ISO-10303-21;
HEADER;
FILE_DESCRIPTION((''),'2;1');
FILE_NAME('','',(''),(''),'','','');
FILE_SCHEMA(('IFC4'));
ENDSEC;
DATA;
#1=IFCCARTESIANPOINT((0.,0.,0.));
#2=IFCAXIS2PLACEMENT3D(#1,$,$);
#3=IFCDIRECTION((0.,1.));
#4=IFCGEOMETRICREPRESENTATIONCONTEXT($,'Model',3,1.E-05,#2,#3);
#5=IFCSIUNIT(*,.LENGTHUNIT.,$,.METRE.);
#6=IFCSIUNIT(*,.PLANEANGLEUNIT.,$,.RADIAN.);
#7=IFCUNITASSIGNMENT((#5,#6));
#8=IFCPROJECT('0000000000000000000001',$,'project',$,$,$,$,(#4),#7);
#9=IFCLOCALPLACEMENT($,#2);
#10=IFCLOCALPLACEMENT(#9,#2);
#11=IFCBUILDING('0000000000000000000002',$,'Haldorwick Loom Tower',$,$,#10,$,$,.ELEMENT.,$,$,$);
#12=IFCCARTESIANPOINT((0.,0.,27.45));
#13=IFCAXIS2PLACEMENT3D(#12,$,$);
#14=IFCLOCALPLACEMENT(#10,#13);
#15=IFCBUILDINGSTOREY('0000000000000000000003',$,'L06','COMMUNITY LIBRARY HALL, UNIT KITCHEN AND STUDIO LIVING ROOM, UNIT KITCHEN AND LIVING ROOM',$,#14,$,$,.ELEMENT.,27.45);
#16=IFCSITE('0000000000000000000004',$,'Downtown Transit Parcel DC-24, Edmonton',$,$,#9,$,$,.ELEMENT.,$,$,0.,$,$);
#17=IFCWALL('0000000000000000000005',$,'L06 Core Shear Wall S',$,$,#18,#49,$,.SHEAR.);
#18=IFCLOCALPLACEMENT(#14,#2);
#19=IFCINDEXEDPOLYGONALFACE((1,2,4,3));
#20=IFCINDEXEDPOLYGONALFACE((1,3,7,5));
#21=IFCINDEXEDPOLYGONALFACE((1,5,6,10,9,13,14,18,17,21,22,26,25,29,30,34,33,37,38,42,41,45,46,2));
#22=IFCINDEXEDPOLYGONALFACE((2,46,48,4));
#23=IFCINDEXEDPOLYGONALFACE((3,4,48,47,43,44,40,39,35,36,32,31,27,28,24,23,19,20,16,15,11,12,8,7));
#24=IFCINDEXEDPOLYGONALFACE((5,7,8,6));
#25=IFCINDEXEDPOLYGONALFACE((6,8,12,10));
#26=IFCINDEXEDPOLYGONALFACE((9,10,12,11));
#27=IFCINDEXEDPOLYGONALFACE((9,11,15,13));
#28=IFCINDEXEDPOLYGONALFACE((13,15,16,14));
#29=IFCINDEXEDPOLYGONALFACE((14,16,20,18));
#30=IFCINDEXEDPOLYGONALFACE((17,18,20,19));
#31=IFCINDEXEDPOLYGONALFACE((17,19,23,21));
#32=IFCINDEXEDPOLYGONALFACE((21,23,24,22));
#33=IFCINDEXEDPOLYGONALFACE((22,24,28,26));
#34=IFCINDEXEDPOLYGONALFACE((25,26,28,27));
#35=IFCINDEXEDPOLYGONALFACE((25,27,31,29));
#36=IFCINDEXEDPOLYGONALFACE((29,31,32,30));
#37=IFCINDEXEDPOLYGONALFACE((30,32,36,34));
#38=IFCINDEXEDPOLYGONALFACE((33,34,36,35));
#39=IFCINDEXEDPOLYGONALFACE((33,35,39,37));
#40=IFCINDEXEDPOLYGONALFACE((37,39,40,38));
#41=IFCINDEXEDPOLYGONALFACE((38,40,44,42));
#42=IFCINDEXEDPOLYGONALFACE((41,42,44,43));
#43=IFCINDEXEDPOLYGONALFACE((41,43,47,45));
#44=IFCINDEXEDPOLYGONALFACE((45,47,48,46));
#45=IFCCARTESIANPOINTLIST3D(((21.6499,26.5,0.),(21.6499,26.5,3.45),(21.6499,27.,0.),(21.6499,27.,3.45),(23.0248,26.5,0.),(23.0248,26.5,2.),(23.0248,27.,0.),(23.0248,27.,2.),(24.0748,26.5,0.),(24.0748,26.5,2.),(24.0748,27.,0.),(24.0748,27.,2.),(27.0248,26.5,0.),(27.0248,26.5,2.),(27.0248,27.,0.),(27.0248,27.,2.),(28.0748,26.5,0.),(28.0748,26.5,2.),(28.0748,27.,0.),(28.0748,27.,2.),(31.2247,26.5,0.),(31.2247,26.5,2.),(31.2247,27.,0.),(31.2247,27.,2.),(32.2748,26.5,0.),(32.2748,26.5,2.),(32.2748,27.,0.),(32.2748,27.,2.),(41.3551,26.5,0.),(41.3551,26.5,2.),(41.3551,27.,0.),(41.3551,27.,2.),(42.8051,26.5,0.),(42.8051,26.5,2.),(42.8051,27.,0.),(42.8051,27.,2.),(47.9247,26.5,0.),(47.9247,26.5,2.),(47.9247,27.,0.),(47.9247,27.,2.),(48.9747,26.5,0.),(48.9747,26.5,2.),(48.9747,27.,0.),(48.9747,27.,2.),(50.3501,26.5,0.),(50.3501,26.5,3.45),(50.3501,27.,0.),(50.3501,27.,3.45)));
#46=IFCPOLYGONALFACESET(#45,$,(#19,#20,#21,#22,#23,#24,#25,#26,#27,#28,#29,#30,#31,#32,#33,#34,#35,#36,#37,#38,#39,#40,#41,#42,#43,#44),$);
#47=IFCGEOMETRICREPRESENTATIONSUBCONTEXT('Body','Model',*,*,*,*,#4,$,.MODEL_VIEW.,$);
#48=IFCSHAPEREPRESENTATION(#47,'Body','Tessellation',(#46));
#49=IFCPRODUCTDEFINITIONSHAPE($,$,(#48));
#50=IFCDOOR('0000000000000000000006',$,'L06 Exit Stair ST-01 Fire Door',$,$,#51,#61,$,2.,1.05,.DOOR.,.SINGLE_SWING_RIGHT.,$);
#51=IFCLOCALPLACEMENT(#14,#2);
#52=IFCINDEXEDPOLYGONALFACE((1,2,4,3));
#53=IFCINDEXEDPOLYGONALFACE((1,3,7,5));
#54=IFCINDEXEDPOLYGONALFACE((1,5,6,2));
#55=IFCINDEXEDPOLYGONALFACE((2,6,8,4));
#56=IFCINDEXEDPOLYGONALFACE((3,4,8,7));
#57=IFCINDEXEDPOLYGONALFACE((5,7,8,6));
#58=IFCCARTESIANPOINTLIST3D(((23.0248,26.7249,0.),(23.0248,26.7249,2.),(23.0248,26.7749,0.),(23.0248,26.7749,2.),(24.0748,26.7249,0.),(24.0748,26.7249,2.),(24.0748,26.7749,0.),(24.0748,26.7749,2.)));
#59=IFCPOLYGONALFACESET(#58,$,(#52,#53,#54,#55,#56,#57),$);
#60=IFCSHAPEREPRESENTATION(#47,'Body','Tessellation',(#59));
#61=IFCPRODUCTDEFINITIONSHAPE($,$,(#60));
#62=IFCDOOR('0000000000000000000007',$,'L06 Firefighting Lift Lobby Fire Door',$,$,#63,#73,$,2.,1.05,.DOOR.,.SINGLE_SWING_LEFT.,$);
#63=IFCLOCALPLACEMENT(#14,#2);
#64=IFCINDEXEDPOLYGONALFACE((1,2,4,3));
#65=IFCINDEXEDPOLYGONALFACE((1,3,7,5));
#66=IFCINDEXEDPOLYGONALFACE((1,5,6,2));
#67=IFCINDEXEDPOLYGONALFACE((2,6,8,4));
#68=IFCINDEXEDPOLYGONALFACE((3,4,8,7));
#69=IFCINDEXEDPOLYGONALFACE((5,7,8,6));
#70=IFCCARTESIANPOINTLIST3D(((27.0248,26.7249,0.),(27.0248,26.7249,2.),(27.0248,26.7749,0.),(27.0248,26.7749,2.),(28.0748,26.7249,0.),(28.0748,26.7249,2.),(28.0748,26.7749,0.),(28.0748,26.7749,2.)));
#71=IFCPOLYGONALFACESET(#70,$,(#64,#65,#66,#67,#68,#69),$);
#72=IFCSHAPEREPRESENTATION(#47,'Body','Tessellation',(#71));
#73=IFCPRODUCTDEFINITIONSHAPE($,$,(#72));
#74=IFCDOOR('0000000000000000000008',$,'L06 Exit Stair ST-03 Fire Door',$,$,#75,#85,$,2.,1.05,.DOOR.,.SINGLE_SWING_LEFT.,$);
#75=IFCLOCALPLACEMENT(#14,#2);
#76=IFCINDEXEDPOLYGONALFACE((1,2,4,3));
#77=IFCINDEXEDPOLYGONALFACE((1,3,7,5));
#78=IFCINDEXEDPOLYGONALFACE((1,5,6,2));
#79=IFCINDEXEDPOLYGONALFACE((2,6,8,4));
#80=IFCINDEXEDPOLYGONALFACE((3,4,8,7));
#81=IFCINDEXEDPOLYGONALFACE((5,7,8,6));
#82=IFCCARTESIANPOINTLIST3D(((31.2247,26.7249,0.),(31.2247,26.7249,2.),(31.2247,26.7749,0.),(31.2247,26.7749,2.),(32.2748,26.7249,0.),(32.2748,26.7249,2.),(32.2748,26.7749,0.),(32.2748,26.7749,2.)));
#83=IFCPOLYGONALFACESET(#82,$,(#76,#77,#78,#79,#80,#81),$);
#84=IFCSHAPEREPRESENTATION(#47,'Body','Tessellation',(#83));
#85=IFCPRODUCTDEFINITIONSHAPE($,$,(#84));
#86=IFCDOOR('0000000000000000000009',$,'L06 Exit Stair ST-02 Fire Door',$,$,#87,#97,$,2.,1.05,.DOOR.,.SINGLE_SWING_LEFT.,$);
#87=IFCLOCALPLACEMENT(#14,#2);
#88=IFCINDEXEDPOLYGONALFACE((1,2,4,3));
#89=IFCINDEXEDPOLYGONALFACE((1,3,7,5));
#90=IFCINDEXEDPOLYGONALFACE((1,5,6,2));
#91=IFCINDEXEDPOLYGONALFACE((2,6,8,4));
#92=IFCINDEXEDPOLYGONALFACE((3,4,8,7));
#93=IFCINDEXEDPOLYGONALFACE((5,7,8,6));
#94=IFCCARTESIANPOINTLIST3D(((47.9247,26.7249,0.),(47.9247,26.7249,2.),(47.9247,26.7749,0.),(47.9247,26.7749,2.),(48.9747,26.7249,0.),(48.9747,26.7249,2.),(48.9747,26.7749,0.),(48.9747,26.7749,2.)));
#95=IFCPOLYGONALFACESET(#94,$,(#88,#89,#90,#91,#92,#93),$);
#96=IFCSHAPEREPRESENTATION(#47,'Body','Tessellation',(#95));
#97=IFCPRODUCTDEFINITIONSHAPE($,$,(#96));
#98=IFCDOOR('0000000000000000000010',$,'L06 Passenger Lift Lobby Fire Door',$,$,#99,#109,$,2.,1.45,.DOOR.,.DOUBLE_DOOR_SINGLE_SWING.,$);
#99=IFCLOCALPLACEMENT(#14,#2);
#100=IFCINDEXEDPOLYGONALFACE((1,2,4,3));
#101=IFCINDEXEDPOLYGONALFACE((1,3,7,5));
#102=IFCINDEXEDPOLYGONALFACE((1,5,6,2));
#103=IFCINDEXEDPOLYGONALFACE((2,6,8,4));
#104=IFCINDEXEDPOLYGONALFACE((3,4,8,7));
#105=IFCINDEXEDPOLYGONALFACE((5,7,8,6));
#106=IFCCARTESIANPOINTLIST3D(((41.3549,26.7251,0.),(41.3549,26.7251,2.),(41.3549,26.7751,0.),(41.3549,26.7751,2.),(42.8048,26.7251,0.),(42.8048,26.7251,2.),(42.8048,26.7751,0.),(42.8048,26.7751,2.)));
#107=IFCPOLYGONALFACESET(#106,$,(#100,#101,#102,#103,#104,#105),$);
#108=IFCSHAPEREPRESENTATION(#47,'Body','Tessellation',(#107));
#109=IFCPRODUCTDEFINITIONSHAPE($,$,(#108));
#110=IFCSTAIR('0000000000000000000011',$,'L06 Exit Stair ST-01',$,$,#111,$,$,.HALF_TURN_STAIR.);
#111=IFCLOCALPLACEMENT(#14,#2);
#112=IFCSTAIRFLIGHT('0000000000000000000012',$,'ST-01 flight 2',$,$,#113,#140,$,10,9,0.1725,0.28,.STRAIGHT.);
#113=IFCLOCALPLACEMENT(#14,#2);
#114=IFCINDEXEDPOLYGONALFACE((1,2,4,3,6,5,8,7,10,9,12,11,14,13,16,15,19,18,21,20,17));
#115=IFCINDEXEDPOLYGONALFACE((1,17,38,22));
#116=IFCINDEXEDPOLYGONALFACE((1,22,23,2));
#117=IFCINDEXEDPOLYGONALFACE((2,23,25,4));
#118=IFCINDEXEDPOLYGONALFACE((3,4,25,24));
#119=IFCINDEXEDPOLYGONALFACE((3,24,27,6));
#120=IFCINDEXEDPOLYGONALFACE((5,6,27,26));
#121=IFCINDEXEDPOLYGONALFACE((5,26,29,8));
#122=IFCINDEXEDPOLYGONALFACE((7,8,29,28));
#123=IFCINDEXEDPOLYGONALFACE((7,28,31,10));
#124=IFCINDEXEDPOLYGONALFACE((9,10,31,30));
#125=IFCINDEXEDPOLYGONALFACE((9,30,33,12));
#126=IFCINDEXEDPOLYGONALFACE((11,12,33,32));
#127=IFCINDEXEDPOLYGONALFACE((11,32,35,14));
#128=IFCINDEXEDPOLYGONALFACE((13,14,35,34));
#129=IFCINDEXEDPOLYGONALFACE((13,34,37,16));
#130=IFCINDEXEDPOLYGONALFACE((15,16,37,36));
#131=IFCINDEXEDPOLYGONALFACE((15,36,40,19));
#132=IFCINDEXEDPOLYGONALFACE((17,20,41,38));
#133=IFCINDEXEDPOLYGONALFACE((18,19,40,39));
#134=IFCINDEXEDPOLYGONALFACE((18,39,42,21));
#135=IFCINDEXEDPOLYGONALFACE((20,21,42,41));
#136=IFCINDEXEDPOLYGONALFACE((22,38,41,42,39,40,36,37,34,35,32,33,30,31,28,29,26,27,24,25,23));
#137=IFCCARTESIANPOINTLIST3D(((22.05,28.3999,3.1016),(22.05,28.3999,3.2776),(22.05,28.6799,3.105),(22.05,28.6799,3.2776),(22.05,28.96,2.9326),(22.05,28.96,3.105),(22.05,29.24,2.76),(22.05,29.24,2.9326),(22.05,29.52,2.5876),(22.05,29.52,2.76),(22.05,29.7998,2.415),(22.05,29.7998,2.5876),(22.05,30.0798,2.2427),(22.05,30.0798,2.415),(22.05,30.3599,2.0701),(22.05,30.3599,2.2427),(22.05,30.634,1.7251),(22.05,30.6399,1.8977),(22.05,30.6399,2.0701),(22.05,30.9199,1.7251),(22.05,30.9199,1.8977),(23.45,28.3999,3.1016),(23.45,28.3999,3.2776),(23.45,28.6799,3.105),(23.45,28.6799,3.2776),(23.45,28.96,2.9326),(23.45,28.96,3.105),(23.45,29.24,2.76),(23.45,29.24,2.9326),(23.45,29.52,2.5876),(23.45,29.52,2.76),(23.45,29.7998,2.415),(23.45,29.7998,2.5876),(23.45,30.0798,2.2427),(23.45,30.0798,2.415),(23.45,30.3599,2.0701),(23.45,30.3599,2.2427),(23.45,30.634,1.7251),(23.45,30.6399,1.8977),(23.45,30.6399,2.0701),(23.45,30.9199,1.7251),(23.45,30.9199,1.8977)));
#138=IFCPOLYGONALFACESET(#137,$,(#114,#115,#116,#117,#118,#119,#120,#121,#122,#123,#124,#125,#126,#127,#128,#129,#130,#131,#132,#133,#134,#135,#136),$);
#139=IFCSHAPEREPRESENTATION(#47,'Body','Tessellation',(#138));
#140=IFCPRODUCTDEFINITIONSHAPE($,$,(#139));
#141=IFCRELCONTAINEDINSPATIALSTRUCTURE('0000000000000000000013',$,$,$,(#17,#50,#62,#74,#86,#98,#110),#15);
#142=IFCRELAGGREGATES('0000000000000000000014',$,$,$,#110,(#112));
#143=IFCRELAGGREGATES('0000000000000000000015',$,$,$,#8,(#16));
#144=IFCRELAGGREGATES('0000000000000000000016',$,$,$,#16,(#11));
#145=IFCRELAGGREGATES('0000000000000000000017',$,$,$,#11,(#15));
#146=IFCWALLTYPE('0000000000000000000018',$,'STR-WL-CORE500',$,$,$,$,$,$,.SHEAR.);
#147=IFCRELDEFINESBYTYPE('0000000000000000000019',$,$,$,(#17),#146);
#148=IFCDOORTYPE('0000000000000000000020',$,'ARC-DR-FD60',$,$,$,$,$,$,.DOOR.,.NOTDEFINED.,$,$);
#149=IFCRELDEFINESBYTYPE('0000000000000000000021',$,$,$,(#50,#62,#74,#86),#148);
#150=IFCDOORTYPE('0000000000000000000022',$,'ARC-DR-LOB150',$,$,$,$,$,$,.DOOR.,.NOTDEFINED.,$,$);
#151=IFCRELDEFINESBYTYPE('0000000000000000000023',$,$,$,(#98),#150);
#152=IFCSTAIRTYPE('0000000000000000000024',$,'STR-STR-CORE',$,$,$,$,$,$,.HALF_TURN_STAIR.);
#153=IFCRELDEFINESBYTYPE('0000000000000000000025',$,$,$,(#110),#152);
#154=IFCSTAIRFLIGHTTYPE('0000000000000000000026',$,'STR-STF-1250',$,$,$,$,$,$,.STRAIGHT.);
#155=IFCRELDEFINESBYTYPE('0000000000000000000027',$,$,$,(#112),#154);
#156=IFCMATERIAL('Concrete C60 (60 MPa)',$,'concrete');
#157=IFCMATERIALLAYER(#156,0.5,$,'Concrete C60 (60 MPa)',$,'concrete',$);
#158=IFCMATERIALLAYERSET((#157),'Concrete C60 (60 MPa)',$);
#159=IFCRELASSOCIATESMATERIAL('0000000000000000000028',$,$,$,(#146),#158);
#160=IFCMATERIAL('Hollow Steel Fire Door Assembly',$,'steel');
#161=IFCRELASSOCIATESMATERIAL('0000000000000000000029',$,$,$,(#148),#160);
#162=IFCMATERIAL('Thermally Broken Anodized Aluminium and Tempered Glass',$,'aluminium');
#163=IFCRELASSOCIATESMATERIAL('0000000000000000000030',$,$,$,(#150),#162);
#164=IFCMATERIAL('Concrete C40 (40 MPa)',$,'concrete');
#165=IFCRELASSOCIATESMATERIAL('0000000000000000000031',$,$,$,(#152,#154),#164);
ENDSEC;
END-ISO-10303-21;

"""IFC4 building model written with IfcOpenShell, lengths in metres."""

from ifc_helpers import new_model, si_unit, direction, frame, frame_2d, origin, place, context, subcontext, project, spatial, polyline, rectangle, outline, extrude, material, layer, layer_set, type_object, element, fill, aggregate, save


model = new_model("IFC4")

# Units and contexts
model_context = context("Model", 3, precision=1e-05, world=origin(), true_north=direction((0.0, 1.0)))
body_context = subcontext(model_context, "Body", "Model", "MODEL_VIEW")
ifc_project = project(units=[si_unit("LENGTHUNIT", "METRE"), si_unit("PLANEANGLEUNIT", "RADIAN")], contexts=[model_context])

# Site, building, storey
site_placement = place(None, origin())
site = spatial("IfcSite", under=ifc_project, at=site_placement, Name="Downtown Transit Parcel DC-24, Edmonton", CompositionType="ELEMENT", RefElevation=0.0)
building_placement = place(site_placement, origin())
building = spatial("IfcBuilding", under=site, at=building_placement, Name="Haldorwick Loom Tower", CompositionType="ELEMENT")
storey_placement = place(building_placement, frame((0.0, 0.0, 27.45)))
storey = spatial("IfcBuildingStorey", under=building, at=storey_placement, Name="L06", Description="COMMUNITY LIBRARY HALL, UNIT KITCHEN AND STUDIO LIVING ROOM, UNIT KITCHEN AND LIVING ROOM", CompositionType="ELEMENT", Elevation=27.45)

# Shared definitions
ifc_material_1 = material(Name="Concrete C60 (60 MPa)", Category="concrete")

# Wall, openings, doors
ifc_layer = layer(ifc_material_1, 0.5, Name="Concrete C60 (60 MPa)", Category="concrete")
ifc_layer_set = layer_set([ifc_layer], Name="Concrete C60 (60 MPa)")
wall_type = type_object("IfcWallType", Name="STR-WL-CORE500", PredefinedType="SHEAR", material=ifc_layer_set)
wall_placement = place(storey_placement, frame((21.6499, 26.75, 0.0), z_axis=(0.0, 0.0, 1.0), x_axis=(1.0, 0.0, 0.0)))
wall = element("IfcWall", 1, at=wall_placement, inside=storey, type_object=wall_type, Name="L06 Core Shear Wall S", PredefinedType="SHEAR", context=body_context, shape_type="SweptSolid", body=[
    extrude(rectangle(XDim=28.7002, YDim=0.5, at=frame_2d((14.3501, 0.0))), origin(), (0.0, 0.0, 1.0), 3.45),
])
opening_1_placement = place(wall_placement, frame((1.375, 0.0, 0.0)))
opening_1 = element("IfcOpeningElement", 2, at=opening_1_placement, cuts=wall, PredefinedType="OPENING", context=body_context, shape_type="SweptSolid", body=[
    extrude(rectangle(XDim=1.05, YDim=2.0, at=frame_2d((0.5249, 1.0))), frame((0.0, 0.26, 0.0), z_axis=(0.0, -1.0, 0.0), x_axis=(1.0, 0.0, 0.0)), (0.0, 0.0, 1.0), 0.52),
])
opening_2_placement = place(wall_placement, frame((5.375, 0.0, 0.0)))
opening_2 = element("IfcOpeningElement", 3, at=opening_2_placement, cuts=wall, PredefinedType="OPENING", context=body_context, shape_type="SweptSolid", body=[
    extrude(rectangle(XDim=1.05, YDim=2.0, at=frame_2d((0.5249, 1.0))), frame((0.0, 0.26, 0.0), z_axis=(0.0, -1.0, 0.0), x_axis=(1.0, 0.0, 0.0)), (0.0, 0.0, 1.0), 0.52),
])
opening_3_placement = place(wall_placement, frame((9.575, 0.0, 0.0)))
opening_3 = element("IfcOpeningElement", 4, at=opening_3_placement, cuts=wall, PredefinedType="OPENING", context=body_context, shape_type="SweptSolid", body=[
    extrude(rectangle(XDim=1.05, YDim=2.0, at=frame_2d((0.5249, 1.0))), frame((0.0, 0.26, 0.0), z_axis=(0.0, -1.0, 0.0), x_axis=(1.0, 0.0, 0.0)), (0.0, 0.0, 1.0), 0.52),
])
opening_4_placement = place(wall_placement, frame((19.7051, 0.0, 0.0)))
opening_4 = element("IfcOpeningElement", 5, at=opening_4_placement, cuts=wall, PredefinedType="OPENING", context=body_context, shape_type="SweptSolid", body=[
    extrude(rectangle(XDim=1.45, YDim=2.0, at=frame_2d((0.7251, 1.0))), frame((0.0, 0.26, 0.0), z_axis=(0.0, -1.0, 0.0), x_axis=(1.0, 0.0, 0.0)), (0.0, 0.0, 1.0), 0.52),
])
opening_5_placement = place(wall_placement, frame((26.2749, 0.0, 0.0)))
opening_5 = element("IfcOpeningElement", 6, at=opening_5_placement, cuts=wall, PredefinedType="OPENING", context=body_context, shape_type="SweptSolid", body=[
    extrude(rectangle(XDim=1.05, YDim=2.0, at=frame_2d((0.5249, 1.0))), frame((0.0, 0.26, 0.0), z_axis=(0.0, -1.0, 0.0), x_axis=(1.0, 0.0, 0.0)), (0.0, 0.0, 1.0), 0.52),
])
ifc_material_2 = material(Name="Hollow Steel Fire Door Assembly", Category="steel")
door_type_1 = type_object("IfcDoorType", Name="ARC-DR-FD60", OperationType="NOTDEFINED", PredefinedType="DOOR", material=ifc_material_2)
door_1_placement = place(opening_1_placement, origin())
door_1 = element("IfcDoor", 7, at=door_1_placement, inside=storey, type_object=door_type_1, Name="L06 Exit Stair ST-01 Fire Door", OperationType="SINGLE_SWING_RIGHT", OverallHeight=2.0, OverallWidth=1.05, PredefinedType="DOOR", context=body_context, shape_type="SweptSolid", body=[
    extrude(rectangle(XDim=1.05, YDim=2.0, at=frame_2d((0.5249, 1.0))), frame((0.0, 0.0249, 0.0), z_axis=(0.0, -1.0, 0.0), x_axis=(1.0, 0.0, 0.0)), (0.0, 0.0, 1.0), 0.05),
])
fill(opening_1, door_1)
door_2_placement = place(opening_2_placement, origin())
door_2 = element("IfcDoor", 8, at=door_2_placement, inside=storey, type_object=door_type_1, Name="L06 Firefighting Lift Lobby Fire Door", OperationType="SINGLE_SWING_LEFT", OverallHeight=2.0, OverallWidth=1.05, PredefinedType="DOOR", context=body_context, shape_type="SweptSolid", body=[
    extrude(rectangle(XDim=1.05, YDim=2.0, at=frame_2d((0.5249, 1.0))), frame((0.0, 0.0249, 0.0), z_axis=(0.0, -1.0, 0.0), x_axis=(1.0, 0.0, 0.0)), (0.0, 0.0, 1.0), 0.05),
])
fill(opening_2, door_2)
door_3_placement = place(opening_3_placement, origin())
door_3 = element("IfcDoor", 9, at=door_3_placement, inside=storey, type_object=door_type_1, Name="L06 Exit Stair ST-03 Fire Door", OperationType="SINGLE_SWING_LEFT", OverallHeight=2.0, OverallWidth=1.05, PredefinedType="DOOR", context=body_context, shape_type="SweptSolid", body=[
    extrude(rectangle(XDim=1.05, YDim=2.0, at=frame_2d((0.5249, 1.0))), frame((0.0, 0.0249, 0.0), z_axis=(0.0, -1.0, 0.0), x_axis=(1.0, 0.0, 0.0)), (0.0, 0.0, 1.0), 0.05),
])
fill(opening_3, door_3)
door_4_placement = place(opening_5_placement, origin())
door_4 = element("IfcDoor", 10, at=door_4_placement, inside=storey, type_object=door_type_1, Name="L06 Exit Stair ST-02 Fire Door", OperationType="SINGLE_SWING_LEFT", OverallHeight=2.0, OverallWidth=1.05, PredefinedType="DOOR", context=body_context, shape_type="SweptSolid", body=[
    extrude(rectangle(XDim=1.05, YDim=2.0, at=frame_2d((0.5249, 1.0))), frame((0.0, 0.0249, 0.0), z_axis=(0.0, -1.0, 0.0), x_axis=(1.0, 0.0, 0.0)), (0.0, 0.0, 1.0), 0.05),
])
fill(opening_5, door_4)
ifc_material_3 = material(Name="Thermally Broken Anodized Aluminium and Tempered Glass", Category="aluminium")
door_type_2 = type_object("IfcDoorType", Name="ARC-DR-LOB150", OperationType="NOTDEFINED", PredefinedType="DOOR", material=ifc_material_3)
door_5_placement = place(opening_4_placement, frame((1.45, 0.0, 0.0), z_axis=(0.0, 0.0, 1.0), x_axis=(-1.0, 0.0, 0.0)))
door_5 = element("IfcDoor", 11, at=door_5_placement, inside=storey, type_object=door_type_2, Name="L06 Passenger Lift Lobby Fire Door", OperationType="DOUBLE_DOOR_SINGLE_SWING", OverallHeight=2.0, OverallWidth=1.45, PredefinedType="DOOR", context=body_context, shape_type="SweptSolid", body=[
    extrude(rectangle(XDim=1.45, YDim=2.0, at=frame_2d((0.7251, 1.0))), frame((0.0, 0.0249, 0.0), z_axis=(0.0, -1.0, 0.0), x_axis=(1.0, 0.0, 0.0)), (0.0, 0.0, 1.0), 0.05),
])
fill(opening_4, door_5)

# Stair, stair flight
ifc_material_4 = material(Name="Concrete C40 (40 MPa)", Category="concrete")
stair_type = type_object("IfcStairType", Name="STR-STR-CORE", PredefinedType="HALF_TURN_STAIR", material=ifc_material_4)
stair_placement = place(storey_placement, origin())
stair = element("IfcStair", 12, at=stair_placement, inside=storey, type_object=stair_type, Name="L06 Exit Stair ST-01", PredefinedType="HALF_TURN_STAIR")
stair_flight_type = type_object("IfcStairFlightType", Name="STR-STF-1250", PredefinedType="STRAIGHT", material=ifc_material_4)
stair_flight_placement = place(storey_placement, frame((22.75, 30.9199, 1.7251), z_axis=(0.0, 0.0, 1.0), x_axis=(0.0, -1.0, 0.0)))
stair_flight = element("IfcStairFlight", 13, at=stair_flight_placement, type_object=stair_flight_type, Name="ST-01 flight 2", NumberOfRisers=10, NumberOfTreads=9, PredefinedType="STRAIGHT", RiserHeight=0.1725, TreadLength=0.28, context=body_context, shape_type="SweptSolid", body=[
    extrude(outline(polyline([(0.0, 0.0), (0.0, 0.1726), (0.28, 0.1726), (0.28, 0.345), (0.5601, 0.345), (0.5601, 0.5176), (0.8401, 0.5176), (0.8401, 0.6899), (1.1201, 0.6899), (1.1201, 0.8625), (1.3999, 0.8625), (1.3999, 1.0349), (1.6799, 1.0349), (1.6799, 1.2075), (1.96, 1.2075), (1.96, 1.3799), (2.24, 1.3799), (2.24, 1.5525), (2.52, 1.5525), (2.52, 1.7251), (2.52, 1.3765), (0.2859, 0.0), (0.0, 0.0)])), frame((0.0, 0.7, 0.0), z_axis=(0.0, -1.0, 0.0), x_axis=(1.0, 0.0, 0.0)), (0.0, 0.0, 1.0), 1.3999),
])
aggregate(stair, [stair_flight])

save(model, "model.ifc")
